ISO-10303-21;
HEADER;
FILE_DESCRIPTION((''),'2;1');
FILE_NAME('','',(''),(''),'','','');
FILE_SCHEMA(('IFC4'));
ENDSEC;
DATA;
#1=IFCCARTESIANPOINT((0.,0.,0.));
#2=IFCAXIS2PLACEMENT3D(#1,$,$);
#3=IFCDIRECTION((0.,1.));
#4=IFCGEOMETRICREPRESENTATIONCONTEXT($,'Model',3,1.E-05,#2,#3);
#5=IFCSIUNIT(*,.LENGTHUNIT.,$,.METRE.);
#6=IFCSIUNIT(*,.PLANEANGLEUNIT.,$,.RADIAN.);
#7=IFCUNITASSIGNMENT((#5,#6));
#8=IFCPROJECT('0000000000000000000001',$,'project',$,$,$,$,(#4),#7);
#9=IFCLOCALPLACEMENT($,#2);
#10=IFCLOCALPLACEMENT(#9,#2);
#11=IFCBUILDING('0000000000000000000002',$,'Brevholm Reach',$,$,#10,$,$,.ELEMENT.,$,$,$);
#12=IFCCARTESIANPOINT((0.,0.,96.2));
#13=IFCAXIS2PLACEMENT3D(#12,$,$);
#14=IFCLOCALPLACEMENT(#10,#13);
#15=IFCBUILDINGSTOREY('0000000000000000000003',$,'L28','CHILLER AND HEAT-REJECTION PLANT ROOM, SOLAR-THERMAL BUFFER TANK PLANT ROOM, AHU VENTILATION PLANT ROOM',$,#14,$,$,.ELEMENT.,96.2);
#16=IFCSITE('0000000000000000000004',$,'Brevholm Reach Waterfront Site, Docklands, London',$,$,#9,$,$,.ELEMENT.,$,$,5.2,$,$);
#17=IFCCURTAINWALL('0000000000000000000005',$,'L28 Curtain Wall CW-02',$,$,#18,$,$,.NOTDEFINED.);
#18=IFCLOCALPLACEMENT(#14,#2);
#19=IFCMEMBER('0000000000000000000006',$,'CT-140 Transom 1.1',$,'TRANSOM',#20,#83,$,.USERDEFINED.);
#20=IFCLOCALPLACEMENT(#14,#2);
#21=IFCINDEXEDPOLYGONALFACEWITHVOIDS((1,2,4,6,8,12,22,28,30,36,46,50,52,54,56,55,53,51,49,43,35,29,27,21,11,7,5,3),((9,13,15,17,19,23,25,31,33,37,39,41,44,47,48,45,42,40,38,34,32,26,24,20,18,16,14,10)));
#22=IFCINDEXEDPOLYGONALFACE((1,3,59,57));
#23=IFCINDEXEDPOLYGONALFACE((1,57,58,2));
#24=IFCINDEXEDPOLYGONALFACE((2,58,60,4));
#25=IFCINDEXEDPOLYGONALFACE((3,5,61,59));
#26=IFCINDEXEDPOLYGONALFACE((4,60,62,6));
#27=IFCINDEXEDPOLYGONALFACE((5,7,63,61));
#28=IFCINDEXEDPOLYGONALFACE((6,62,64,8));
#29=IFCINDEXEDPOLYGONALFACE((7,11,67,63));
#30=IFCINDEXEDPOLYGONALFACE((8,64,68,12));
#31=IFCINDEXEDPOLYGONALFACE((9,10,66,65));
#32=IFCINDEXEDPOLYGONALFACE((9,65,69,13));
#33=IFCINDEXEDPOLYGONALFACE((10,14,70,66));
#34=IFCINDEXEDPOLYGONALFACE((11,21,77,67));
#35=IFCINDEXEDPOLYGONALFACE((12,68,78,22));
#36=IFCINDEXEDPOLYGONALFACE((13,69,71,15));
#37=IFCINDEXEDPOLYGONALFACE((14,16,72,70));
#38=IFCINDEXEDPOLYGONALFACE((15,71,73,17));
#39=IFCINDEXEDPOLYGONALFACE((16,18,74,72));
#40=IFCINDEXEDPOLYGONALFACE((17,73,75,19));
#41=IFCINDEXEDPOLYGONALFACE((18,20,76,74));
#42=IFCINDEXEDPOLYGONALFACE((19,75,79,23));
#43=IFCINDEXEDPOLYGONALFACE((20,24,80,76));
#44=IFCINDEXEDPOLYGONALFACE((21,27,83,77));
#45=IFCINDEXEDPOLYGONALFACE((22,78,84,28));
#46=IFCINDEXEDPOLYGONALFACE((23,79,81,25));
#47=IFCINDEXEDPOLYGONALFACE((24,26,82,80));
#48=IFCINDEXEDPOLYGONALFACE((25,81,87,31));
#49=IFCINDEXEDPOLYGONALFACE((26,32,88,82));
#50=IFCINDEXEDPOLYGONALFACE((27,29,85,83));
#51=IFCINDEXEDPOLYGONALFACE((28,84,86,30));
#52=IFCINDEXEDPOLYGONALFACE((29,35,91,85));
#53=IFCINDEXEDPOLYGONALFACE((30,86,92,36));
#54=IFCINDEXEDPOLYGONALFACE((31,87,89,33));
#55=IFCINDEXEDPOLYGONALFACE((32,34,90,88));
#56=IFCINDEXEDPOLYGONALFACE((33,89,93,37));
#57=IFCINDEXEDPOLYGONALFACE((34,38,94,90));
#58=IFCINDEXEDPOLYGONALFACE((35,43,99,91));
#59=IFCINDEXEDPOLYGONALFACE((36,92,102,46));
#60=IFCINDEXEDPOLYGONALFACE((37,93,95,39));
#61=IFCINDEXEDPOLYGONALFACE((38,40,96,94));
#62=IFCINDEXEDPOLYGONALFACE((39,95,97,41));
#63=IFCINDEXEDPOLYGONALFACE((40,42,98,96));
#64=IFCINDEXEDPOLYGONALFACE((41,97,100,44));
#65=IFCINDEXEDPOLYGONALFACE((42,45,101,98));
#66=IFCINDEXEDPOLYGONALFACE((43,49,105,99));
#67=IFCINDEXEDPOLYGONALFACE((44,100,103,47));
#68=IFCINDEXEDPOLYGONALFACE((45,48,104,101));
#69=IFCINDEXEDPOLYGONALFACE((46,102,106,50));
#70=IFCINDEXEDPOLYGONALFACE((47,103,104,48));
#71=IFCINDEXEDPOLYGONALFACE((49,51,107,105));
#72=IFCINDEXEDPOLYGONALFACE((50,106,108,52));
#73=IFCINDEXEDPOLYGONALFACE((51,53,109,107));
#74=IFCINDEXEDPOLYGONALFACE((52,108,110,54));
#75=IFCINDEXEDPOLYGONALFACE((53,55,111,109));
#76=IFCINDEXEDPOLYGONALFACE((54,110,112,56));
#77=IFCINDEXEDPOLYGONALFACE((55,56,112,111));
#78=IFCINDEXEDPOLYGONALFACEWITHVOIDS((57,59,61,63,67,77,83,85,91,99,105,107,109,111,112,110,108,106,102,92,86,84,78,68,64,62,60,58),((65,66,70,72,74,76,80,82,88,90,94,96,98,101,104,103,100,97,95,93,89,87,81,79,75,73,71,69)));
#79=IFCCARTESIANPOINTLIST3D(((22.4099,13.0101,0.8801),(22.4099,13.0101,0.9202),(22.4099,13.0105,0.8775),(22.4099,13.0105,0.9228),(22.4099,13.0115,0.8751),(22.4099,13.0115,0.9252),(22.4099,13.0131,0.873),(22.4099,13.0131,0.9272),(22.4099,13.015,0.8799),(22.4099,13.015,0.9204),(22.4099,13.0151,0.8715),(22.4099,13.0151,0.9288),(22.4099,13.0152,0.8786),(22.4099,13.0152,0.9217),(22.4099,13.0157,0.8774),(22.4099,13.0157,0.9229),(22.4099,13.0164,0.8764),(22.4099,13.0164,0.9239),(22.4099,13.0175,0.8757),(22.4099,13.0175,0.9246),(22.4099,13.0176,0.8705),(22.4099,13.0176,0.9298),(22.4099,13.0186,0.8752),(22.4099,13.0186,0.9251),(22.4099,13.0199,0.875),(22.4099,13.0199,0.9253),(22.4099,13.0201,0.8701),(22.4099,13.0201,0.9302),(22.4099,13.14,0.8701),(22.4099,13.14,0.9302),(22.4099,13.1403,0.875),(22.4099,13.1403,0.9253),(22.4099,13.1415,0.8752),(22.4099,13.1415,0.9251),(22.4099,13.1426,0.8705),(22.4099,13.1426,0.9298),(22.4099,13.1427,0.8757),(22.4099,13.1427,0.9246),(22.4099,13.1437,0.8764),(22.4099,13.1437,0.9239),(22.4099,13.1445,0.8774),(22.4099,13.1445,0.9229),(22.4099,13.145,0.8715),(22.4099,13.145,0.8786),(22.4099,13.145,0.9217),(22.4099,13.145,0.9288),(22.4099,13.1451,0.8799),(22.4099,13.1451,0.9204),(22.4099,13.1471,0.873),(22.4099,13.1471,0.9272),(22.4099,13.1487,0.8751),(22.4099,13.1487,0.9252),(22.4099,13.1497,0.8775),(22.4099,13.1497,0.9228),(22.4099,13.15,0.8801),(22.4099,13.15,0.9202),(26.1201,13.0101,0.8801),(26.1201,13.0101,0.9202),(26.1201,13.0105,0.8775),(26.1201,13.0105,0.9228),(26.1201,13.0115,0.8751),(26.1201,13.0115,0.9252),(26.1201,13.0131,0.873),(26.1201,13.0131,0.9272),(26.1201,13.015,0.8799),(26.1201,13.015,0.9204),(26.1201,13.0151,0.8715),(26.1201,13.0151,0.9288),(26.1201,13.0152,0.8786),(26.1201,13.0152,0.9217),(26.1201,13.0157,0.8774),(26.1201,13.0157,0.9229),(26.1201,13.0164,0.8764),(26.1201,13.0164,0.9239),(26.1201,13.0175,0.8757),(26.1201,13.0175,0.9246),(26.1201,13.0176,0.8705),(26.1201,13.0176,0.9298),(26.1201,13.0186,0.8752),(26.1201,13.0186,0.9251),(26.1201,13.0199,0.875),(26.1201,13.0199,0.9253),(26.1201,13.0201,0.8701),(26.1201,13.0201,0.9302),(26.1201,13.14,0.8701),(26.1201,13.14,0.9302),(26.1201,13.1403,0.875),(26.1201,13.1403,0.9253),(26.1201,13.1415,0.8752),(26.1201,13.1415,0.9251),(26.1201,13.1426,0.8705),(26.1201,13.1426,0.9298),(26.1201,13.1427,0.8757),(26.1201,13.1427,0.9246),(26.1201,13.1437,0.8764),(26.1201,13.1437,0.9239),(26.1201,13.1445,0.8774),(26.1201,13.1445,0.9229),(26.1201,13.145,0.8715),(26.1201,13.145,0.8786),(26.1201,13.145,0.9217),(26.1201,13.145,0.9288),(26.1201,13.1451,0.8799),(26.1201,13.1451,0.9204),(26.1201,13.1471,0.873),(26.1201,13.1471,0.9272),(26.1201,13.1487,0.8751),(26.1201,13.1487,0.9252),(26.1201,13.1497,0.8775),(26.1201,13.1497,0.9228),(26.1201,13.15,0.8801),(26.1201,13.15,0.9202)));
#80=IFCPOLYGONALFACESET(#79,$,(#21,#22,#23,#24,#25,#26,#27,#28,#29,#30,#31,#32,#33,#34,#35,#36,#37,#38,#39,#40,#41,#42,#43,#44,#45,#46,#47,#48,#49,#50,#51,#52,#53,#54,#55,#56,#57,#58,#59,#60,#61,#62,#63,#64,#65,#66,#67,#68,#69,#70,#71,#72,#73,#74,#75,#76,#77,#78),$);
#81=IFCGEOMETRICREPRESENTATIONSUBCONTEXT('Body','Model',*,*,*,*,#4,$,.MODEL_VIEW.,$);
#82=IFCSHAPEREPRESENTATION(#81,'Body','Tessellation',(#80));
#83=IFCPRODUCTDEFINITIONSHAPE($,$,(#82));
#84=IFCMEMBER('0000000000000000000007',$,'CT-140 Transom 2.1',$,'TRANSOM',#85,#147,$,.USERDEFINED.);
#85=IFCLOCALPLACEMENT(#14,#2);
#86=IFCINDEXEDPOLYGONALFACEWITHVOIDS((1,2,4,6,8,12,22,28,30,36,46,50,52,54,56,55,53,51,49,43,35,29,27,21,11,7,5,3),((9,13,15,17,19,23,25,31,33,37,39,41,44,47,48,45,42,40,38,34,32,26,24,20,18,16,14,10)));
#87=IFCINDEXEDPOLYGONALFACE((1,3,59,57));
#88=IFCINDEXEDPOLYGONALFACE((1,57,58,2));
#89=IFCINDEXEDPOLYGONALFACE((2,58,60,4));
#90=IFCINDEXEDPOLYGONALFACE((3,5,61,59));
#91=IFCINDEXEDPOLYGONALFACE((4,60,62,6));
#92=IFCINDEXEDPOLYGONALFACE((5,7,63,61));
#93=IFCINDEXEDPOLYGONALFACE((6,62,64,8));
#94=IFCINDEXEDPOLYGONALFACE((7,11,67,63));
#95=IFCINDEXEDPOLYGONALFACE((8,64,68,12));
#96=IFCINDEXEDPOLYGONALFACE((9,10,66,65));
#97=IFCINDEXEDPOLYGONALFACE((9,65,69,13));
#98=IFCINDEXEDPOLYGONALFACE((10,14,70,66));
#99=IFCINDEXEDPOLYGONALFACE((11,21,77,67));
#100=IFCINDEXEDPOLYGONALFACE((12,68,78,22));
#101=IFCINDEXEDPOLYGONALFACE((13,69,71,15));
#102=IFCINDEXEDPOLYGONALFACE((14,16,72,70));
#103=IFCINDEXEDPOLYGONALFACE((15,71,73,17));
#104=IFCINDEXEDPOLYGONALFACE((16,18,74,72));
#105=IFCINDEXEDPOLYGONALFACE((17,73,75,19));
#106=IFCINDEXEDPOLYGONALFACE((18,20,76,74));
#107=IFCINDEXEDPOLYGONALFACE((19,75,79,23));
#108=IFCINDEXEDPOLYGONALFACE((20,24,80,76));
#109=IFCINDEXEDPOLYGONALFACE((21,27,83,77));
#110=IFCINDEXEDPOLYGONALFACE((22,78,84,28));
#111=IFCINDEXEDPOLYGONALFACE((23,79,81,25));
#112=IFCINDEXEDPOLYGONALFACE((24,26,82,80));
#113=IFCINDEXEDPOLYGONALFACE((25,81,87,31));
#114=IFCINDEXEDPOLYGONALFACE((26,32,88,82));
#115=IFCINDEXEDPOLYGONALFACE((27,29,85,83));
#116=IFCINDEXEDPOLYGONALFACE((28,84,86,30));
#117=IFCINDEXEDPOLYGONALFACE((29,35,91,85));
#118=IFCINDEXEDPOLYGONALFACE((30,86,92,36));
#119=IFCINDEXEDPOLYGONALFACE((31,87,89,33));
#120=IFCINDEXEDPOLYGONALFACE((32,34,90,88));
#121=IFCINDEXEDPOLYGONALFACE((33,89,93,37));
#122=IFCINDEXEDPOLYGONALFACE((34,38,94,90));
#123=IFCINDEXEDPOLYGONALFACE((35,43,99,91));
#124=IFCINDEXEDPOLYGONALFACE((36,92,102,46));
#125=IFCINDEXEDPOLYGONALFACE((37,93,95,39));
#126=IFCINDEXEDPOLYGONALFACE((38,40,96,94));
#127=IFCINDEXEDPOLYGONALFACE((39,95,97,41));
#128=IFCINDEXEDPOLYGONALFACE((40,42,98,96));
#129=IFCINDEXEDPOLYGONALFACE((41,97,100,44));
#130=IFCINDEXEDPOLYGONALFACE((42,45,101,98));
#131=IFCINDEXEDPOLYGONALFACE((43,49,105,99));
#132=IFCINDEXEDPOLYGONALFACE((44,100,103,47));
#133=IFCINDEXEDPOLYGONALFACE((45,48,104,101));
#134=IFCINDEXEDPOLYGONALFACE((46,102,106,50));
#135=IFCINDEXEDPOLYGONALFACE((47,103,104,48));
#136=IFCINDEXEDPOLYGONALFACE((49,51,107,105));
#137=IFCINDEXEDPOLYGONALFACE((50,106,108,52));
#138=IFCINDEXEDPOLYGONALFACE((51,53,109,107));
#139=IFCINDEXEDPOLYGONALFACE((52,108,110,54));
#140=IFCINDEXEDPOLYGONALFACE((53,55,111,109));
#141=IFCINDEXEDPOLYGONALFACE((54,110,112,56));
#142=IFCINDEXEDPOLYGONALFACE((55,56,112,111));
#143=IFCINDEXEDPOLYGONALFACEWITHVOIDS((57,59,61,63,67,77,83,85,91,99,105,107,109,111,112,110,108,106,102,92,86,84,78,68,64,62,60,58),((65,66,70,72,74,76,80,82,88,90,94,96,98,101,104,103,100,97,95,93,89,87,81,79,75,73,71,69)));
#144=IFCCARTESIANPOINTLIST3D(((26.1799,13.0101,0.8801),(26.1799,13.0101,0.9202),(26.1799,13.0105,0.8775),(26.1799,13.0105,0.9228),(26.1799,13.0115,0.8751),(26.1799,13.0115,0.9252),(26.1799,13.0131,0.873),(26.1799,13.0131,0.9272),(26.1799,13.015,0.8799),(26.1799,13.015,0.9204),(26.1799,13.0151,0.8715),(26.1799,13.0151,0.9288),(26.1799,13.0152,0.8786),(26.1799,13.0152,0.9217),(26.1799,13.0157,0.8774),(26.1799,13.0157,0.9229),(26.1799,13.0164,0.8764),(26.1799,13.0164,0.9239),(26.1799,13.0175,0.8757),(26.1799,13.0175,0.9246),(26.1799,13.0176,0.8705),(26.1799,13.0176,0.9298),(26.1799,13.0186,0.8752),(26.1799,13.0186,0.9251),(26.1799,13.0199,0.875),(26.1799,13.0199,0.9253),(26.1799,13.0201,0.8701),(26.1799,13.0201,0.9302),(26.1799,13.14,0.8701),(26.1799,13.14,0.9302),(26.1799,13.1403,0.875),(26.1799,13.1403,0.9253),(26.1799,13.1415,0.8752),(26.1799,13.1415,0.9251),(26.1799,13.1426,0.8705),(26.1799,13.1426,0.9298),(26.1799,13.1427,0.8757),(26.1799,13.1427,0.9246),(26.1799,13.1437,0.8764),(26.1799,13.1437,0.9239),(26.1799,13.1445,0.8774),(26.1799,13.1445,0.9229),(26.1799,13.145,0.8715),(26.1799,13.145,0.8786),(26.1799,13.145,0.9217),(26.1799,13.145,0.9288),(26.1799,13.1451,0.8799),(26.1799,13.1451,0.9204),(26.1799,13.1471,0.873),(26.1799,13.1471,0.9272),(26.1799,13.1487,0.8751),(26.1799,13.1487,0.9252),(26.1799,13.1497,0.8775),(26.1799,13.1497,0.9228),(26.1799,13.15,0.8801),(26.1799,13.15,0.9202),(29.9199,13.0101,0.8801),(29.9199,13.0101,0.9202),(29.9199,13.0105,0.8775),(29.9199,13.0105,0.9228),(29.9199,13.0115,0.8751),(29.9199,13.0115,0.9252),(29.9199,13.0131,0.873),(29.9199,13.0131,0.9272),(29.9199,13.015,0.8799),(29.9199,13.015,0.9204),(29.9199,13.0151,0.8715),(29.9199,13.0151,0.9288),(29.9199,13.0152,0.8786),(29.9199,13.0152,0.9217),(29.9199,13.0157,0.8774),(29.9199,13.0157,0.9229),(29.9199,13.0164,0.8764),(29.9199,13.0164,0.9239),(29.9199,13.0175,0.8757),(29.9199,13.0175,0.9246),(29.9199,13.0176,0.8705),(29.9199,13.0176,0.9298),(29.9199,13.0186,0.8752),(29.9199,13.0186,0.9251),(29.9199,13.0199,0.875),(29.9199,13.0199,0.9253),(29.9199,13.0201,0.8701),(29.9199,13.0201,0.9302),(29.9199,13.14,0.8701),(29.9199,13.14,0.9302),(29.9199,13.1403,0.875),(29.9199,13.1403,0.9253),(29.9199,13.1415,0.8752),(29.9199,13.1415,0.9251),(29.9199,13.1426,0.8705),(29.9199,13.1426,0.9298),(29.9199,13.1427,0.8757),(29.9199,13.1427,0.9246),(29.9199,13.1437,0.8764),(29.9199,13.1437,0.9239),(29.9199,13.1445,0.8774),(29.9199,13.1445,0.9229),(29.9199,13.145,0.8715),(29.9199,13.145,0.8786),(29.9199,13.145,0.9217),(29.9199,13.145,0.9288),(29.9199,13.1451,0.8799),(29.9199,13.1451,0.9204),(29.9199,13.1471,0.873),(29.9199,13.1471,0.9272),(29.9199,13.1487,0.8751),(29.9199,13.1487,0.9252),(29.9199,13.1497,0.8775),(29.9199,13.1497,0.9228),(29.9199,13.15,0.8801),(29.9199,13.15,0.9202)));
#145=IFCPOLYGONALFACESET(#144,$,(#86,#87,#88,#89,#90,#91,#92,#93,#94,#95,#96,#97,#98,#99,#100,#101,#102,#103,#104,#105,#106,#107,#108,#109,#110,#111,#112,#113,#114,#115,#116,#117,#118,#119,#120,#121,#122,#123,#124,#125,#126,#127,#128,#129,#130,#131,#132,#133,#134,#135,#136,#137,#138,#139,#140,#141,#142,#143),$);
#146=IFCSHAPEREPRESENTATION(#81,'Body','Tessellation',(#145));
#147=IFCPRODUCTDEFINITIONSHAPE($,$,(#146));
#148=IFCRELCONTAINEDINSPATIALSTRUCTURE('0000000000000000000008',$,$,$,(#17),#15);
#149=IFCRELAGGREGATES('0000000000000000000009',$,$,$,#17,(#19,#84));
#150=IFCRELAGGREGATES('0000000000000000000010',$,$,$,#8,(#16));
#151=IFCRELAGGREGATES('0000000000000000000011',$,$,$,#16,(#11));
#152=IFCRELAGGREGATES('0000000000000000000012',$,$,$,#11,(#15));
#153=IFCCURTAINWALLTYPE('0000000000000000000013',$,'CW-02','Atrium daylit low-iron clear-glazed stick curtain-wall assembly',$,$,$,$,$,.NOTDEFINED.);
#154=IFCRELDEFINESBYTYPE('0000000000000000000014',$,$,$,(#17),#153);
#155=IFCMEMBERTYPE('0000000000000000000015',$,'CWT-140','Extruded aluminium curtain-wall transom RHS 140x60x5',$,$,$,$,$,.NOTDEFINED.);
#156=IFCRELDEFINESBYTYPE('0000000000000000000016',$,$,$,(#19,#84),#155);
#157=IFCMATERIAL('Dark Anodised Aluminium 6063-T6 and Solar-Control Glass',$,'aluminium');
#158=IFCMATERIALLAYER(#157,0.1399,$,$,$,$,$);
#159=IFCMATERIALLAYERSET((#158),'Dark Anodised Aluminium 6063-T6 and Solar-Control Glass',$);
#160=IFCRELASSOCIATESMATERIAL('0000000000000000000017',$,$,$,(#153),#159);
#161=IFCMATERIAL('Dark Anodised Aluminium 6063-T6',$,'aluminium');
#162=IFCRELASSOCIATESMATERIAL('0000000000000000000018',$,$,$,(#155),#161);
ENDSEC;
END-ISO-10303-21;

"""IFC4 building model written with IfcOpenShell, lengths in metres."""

from ifc_helpers import new_model, si_unit, direction, frame, origin, origin_2d, place, context, subcontext, project, spatial, hollow_rectangle, extrude, material, layer, layer_set, material_profile, profile_set, type_object, element, aggregate, save


model = new_model("IFC4")

# Units and contexts
model_context = context("Model", 3, precision=1e-05, world=origin(), true_north=direction((0.0, 1.0)))
body_context = subcontext(model_context, "Body", "Model", "MODEL_VIEW")
ifc_project = project(units=[si_unit("LENGTHUNIT", "METRE"), si_unit("PLANEANGLEUNIT", "RADIAN")], contexts=[model_context])

# Site, building, storey
site_placement = place(None, origin())
site = spatial("IfcSite", under=ifc_project, at=site_placement, Name="Brevholm Reach Waterfront Site, Docklands, London", CompositionType="ELEMENT", RefElevation=5.2)
building_placement = place(site_placement, origin())
building = spatial("IfcBuilding", under=site, at=building_placement, Name="Brevholm Reach", CompositionType="ELEMENT")
storey_placement = place(building_placement, frame((0.0, 0.0, 96.2)))
storey = spatial("IfcBuildingStorey", under=building, at=storey_placement, Name="L28", Description="CHILLER AND HEAT-REJECTION PLANT ROOM, SOLAR-THERMAL BUFFER TANK PLANT ROOM, AHU VENTILATION PLANT ROOM", CompositionType="ELEMENT", Elevation=96.2)

# Curtain wall, members
ifc_material_1 = material(Name="Dark Anodised Aluminium 6063-T6 and Solar-Control Glass", Category="aluminium")
ifc_layer_1 = layer(ifc_material_1, 0.1399)
ifc_layer_set_1 = layer_set([ifc_layer_1], Name="Dark Anodised Aluminium 6063-T6 and Solar-Control Glass")
curtain_wall_type = type_object("IfcCurtainWallType", Name="CW-02", Description="Atrium daylit low-iron clear-glazed stick curtain-wall assembly", PredefinedType="NOTDEFINED", material=ifc_layer_set_1)
curtain_wall_placement = place(storey_placement, origin())
curtain_wall = element("IfcCurtainWall", 1, at=curtain_wall_placement, inside=storey, type_object=curtain_wall_type, Name="L28 Curtain Wall CW-02", PredefinedType="NOTDEFINED")
ifc_material_2 = material(Name="Dark Anodised Aluminium 6063-T6", Category="aluminium")
ifc_material_profile_1 = material_profile(ifc_material_2, hollow_rectangle(XDim=0.0601, YDim=0.1399, WallThickness=0.0049, InnerFilletRadius=0.0049, OuterFilletRadius=0.01, at=origin_2d()), Name="RHS 140x60x5")
ifc_profile_set_1 = profile_set([ifc_material_profile_1], Name="Dark Anodised Aluminium 6063-T6")
member_type_1 = type_object("IfcMemberType", Name="CWT-140", Description="Extruded aluminium curtain-wall transom RHS 140x60x5", PredefinedType="NOTDEFINED", material=ifc_profile_set_1)
member_1_placement = place(storey_placement, frame((22.4099, 13.0801, 0.9001), z_axis=(1.0, 0.0, 0.0), x_axis=(0.0, 0.0, 1.0)))
member_1 = element("IfcMember", 2, at=member_1_placement, type_object=member_type_1, Name="CT-140 Transom 1.1", ObjectType="TRANSOM", PredefinedType="USERDEFINED", context=body_context, shape_type="SweptSolid", body=[
    extrude(hollow_rectangle(XDim=0.0601, YDim=0.1399, WallThickness=0.0049, InnerFilletRadius=0.0049, OuterFilletRadius=0.01, at=origin_2d()), origin(), (0.0, 0.0, 1.0), 3.7102),
])
member_2_placement = place(storey_placement, frame((26.1799, 13.0801, 0.9001), z_axis=(1.0, 0.0, 0.0), x_axis=(0.0, 0.0, 1.0)))
member_2 = element("IfcMember", 3, at=member_2_placement, type_object=member_type_1, Name="CT-140 Transom 2.1", ObjectType="TRANSOM", PredefinedType="USERDEFINED", context=body_context, shape_type="SweptSolid", body=[
    extrude(hollow_rectangle(XDim=0.0601, YDim=0.1399, WallThickness=0.0049, InnerFilletRadius=0.0049, OuterFilletRadius=0.01, at=origin_2d()), origin(), (0.0, 0.0, 1.0), 3.74),
])
aggregate(curtain_wall, [member_1, member_2])

save(model, "model.ifc")
